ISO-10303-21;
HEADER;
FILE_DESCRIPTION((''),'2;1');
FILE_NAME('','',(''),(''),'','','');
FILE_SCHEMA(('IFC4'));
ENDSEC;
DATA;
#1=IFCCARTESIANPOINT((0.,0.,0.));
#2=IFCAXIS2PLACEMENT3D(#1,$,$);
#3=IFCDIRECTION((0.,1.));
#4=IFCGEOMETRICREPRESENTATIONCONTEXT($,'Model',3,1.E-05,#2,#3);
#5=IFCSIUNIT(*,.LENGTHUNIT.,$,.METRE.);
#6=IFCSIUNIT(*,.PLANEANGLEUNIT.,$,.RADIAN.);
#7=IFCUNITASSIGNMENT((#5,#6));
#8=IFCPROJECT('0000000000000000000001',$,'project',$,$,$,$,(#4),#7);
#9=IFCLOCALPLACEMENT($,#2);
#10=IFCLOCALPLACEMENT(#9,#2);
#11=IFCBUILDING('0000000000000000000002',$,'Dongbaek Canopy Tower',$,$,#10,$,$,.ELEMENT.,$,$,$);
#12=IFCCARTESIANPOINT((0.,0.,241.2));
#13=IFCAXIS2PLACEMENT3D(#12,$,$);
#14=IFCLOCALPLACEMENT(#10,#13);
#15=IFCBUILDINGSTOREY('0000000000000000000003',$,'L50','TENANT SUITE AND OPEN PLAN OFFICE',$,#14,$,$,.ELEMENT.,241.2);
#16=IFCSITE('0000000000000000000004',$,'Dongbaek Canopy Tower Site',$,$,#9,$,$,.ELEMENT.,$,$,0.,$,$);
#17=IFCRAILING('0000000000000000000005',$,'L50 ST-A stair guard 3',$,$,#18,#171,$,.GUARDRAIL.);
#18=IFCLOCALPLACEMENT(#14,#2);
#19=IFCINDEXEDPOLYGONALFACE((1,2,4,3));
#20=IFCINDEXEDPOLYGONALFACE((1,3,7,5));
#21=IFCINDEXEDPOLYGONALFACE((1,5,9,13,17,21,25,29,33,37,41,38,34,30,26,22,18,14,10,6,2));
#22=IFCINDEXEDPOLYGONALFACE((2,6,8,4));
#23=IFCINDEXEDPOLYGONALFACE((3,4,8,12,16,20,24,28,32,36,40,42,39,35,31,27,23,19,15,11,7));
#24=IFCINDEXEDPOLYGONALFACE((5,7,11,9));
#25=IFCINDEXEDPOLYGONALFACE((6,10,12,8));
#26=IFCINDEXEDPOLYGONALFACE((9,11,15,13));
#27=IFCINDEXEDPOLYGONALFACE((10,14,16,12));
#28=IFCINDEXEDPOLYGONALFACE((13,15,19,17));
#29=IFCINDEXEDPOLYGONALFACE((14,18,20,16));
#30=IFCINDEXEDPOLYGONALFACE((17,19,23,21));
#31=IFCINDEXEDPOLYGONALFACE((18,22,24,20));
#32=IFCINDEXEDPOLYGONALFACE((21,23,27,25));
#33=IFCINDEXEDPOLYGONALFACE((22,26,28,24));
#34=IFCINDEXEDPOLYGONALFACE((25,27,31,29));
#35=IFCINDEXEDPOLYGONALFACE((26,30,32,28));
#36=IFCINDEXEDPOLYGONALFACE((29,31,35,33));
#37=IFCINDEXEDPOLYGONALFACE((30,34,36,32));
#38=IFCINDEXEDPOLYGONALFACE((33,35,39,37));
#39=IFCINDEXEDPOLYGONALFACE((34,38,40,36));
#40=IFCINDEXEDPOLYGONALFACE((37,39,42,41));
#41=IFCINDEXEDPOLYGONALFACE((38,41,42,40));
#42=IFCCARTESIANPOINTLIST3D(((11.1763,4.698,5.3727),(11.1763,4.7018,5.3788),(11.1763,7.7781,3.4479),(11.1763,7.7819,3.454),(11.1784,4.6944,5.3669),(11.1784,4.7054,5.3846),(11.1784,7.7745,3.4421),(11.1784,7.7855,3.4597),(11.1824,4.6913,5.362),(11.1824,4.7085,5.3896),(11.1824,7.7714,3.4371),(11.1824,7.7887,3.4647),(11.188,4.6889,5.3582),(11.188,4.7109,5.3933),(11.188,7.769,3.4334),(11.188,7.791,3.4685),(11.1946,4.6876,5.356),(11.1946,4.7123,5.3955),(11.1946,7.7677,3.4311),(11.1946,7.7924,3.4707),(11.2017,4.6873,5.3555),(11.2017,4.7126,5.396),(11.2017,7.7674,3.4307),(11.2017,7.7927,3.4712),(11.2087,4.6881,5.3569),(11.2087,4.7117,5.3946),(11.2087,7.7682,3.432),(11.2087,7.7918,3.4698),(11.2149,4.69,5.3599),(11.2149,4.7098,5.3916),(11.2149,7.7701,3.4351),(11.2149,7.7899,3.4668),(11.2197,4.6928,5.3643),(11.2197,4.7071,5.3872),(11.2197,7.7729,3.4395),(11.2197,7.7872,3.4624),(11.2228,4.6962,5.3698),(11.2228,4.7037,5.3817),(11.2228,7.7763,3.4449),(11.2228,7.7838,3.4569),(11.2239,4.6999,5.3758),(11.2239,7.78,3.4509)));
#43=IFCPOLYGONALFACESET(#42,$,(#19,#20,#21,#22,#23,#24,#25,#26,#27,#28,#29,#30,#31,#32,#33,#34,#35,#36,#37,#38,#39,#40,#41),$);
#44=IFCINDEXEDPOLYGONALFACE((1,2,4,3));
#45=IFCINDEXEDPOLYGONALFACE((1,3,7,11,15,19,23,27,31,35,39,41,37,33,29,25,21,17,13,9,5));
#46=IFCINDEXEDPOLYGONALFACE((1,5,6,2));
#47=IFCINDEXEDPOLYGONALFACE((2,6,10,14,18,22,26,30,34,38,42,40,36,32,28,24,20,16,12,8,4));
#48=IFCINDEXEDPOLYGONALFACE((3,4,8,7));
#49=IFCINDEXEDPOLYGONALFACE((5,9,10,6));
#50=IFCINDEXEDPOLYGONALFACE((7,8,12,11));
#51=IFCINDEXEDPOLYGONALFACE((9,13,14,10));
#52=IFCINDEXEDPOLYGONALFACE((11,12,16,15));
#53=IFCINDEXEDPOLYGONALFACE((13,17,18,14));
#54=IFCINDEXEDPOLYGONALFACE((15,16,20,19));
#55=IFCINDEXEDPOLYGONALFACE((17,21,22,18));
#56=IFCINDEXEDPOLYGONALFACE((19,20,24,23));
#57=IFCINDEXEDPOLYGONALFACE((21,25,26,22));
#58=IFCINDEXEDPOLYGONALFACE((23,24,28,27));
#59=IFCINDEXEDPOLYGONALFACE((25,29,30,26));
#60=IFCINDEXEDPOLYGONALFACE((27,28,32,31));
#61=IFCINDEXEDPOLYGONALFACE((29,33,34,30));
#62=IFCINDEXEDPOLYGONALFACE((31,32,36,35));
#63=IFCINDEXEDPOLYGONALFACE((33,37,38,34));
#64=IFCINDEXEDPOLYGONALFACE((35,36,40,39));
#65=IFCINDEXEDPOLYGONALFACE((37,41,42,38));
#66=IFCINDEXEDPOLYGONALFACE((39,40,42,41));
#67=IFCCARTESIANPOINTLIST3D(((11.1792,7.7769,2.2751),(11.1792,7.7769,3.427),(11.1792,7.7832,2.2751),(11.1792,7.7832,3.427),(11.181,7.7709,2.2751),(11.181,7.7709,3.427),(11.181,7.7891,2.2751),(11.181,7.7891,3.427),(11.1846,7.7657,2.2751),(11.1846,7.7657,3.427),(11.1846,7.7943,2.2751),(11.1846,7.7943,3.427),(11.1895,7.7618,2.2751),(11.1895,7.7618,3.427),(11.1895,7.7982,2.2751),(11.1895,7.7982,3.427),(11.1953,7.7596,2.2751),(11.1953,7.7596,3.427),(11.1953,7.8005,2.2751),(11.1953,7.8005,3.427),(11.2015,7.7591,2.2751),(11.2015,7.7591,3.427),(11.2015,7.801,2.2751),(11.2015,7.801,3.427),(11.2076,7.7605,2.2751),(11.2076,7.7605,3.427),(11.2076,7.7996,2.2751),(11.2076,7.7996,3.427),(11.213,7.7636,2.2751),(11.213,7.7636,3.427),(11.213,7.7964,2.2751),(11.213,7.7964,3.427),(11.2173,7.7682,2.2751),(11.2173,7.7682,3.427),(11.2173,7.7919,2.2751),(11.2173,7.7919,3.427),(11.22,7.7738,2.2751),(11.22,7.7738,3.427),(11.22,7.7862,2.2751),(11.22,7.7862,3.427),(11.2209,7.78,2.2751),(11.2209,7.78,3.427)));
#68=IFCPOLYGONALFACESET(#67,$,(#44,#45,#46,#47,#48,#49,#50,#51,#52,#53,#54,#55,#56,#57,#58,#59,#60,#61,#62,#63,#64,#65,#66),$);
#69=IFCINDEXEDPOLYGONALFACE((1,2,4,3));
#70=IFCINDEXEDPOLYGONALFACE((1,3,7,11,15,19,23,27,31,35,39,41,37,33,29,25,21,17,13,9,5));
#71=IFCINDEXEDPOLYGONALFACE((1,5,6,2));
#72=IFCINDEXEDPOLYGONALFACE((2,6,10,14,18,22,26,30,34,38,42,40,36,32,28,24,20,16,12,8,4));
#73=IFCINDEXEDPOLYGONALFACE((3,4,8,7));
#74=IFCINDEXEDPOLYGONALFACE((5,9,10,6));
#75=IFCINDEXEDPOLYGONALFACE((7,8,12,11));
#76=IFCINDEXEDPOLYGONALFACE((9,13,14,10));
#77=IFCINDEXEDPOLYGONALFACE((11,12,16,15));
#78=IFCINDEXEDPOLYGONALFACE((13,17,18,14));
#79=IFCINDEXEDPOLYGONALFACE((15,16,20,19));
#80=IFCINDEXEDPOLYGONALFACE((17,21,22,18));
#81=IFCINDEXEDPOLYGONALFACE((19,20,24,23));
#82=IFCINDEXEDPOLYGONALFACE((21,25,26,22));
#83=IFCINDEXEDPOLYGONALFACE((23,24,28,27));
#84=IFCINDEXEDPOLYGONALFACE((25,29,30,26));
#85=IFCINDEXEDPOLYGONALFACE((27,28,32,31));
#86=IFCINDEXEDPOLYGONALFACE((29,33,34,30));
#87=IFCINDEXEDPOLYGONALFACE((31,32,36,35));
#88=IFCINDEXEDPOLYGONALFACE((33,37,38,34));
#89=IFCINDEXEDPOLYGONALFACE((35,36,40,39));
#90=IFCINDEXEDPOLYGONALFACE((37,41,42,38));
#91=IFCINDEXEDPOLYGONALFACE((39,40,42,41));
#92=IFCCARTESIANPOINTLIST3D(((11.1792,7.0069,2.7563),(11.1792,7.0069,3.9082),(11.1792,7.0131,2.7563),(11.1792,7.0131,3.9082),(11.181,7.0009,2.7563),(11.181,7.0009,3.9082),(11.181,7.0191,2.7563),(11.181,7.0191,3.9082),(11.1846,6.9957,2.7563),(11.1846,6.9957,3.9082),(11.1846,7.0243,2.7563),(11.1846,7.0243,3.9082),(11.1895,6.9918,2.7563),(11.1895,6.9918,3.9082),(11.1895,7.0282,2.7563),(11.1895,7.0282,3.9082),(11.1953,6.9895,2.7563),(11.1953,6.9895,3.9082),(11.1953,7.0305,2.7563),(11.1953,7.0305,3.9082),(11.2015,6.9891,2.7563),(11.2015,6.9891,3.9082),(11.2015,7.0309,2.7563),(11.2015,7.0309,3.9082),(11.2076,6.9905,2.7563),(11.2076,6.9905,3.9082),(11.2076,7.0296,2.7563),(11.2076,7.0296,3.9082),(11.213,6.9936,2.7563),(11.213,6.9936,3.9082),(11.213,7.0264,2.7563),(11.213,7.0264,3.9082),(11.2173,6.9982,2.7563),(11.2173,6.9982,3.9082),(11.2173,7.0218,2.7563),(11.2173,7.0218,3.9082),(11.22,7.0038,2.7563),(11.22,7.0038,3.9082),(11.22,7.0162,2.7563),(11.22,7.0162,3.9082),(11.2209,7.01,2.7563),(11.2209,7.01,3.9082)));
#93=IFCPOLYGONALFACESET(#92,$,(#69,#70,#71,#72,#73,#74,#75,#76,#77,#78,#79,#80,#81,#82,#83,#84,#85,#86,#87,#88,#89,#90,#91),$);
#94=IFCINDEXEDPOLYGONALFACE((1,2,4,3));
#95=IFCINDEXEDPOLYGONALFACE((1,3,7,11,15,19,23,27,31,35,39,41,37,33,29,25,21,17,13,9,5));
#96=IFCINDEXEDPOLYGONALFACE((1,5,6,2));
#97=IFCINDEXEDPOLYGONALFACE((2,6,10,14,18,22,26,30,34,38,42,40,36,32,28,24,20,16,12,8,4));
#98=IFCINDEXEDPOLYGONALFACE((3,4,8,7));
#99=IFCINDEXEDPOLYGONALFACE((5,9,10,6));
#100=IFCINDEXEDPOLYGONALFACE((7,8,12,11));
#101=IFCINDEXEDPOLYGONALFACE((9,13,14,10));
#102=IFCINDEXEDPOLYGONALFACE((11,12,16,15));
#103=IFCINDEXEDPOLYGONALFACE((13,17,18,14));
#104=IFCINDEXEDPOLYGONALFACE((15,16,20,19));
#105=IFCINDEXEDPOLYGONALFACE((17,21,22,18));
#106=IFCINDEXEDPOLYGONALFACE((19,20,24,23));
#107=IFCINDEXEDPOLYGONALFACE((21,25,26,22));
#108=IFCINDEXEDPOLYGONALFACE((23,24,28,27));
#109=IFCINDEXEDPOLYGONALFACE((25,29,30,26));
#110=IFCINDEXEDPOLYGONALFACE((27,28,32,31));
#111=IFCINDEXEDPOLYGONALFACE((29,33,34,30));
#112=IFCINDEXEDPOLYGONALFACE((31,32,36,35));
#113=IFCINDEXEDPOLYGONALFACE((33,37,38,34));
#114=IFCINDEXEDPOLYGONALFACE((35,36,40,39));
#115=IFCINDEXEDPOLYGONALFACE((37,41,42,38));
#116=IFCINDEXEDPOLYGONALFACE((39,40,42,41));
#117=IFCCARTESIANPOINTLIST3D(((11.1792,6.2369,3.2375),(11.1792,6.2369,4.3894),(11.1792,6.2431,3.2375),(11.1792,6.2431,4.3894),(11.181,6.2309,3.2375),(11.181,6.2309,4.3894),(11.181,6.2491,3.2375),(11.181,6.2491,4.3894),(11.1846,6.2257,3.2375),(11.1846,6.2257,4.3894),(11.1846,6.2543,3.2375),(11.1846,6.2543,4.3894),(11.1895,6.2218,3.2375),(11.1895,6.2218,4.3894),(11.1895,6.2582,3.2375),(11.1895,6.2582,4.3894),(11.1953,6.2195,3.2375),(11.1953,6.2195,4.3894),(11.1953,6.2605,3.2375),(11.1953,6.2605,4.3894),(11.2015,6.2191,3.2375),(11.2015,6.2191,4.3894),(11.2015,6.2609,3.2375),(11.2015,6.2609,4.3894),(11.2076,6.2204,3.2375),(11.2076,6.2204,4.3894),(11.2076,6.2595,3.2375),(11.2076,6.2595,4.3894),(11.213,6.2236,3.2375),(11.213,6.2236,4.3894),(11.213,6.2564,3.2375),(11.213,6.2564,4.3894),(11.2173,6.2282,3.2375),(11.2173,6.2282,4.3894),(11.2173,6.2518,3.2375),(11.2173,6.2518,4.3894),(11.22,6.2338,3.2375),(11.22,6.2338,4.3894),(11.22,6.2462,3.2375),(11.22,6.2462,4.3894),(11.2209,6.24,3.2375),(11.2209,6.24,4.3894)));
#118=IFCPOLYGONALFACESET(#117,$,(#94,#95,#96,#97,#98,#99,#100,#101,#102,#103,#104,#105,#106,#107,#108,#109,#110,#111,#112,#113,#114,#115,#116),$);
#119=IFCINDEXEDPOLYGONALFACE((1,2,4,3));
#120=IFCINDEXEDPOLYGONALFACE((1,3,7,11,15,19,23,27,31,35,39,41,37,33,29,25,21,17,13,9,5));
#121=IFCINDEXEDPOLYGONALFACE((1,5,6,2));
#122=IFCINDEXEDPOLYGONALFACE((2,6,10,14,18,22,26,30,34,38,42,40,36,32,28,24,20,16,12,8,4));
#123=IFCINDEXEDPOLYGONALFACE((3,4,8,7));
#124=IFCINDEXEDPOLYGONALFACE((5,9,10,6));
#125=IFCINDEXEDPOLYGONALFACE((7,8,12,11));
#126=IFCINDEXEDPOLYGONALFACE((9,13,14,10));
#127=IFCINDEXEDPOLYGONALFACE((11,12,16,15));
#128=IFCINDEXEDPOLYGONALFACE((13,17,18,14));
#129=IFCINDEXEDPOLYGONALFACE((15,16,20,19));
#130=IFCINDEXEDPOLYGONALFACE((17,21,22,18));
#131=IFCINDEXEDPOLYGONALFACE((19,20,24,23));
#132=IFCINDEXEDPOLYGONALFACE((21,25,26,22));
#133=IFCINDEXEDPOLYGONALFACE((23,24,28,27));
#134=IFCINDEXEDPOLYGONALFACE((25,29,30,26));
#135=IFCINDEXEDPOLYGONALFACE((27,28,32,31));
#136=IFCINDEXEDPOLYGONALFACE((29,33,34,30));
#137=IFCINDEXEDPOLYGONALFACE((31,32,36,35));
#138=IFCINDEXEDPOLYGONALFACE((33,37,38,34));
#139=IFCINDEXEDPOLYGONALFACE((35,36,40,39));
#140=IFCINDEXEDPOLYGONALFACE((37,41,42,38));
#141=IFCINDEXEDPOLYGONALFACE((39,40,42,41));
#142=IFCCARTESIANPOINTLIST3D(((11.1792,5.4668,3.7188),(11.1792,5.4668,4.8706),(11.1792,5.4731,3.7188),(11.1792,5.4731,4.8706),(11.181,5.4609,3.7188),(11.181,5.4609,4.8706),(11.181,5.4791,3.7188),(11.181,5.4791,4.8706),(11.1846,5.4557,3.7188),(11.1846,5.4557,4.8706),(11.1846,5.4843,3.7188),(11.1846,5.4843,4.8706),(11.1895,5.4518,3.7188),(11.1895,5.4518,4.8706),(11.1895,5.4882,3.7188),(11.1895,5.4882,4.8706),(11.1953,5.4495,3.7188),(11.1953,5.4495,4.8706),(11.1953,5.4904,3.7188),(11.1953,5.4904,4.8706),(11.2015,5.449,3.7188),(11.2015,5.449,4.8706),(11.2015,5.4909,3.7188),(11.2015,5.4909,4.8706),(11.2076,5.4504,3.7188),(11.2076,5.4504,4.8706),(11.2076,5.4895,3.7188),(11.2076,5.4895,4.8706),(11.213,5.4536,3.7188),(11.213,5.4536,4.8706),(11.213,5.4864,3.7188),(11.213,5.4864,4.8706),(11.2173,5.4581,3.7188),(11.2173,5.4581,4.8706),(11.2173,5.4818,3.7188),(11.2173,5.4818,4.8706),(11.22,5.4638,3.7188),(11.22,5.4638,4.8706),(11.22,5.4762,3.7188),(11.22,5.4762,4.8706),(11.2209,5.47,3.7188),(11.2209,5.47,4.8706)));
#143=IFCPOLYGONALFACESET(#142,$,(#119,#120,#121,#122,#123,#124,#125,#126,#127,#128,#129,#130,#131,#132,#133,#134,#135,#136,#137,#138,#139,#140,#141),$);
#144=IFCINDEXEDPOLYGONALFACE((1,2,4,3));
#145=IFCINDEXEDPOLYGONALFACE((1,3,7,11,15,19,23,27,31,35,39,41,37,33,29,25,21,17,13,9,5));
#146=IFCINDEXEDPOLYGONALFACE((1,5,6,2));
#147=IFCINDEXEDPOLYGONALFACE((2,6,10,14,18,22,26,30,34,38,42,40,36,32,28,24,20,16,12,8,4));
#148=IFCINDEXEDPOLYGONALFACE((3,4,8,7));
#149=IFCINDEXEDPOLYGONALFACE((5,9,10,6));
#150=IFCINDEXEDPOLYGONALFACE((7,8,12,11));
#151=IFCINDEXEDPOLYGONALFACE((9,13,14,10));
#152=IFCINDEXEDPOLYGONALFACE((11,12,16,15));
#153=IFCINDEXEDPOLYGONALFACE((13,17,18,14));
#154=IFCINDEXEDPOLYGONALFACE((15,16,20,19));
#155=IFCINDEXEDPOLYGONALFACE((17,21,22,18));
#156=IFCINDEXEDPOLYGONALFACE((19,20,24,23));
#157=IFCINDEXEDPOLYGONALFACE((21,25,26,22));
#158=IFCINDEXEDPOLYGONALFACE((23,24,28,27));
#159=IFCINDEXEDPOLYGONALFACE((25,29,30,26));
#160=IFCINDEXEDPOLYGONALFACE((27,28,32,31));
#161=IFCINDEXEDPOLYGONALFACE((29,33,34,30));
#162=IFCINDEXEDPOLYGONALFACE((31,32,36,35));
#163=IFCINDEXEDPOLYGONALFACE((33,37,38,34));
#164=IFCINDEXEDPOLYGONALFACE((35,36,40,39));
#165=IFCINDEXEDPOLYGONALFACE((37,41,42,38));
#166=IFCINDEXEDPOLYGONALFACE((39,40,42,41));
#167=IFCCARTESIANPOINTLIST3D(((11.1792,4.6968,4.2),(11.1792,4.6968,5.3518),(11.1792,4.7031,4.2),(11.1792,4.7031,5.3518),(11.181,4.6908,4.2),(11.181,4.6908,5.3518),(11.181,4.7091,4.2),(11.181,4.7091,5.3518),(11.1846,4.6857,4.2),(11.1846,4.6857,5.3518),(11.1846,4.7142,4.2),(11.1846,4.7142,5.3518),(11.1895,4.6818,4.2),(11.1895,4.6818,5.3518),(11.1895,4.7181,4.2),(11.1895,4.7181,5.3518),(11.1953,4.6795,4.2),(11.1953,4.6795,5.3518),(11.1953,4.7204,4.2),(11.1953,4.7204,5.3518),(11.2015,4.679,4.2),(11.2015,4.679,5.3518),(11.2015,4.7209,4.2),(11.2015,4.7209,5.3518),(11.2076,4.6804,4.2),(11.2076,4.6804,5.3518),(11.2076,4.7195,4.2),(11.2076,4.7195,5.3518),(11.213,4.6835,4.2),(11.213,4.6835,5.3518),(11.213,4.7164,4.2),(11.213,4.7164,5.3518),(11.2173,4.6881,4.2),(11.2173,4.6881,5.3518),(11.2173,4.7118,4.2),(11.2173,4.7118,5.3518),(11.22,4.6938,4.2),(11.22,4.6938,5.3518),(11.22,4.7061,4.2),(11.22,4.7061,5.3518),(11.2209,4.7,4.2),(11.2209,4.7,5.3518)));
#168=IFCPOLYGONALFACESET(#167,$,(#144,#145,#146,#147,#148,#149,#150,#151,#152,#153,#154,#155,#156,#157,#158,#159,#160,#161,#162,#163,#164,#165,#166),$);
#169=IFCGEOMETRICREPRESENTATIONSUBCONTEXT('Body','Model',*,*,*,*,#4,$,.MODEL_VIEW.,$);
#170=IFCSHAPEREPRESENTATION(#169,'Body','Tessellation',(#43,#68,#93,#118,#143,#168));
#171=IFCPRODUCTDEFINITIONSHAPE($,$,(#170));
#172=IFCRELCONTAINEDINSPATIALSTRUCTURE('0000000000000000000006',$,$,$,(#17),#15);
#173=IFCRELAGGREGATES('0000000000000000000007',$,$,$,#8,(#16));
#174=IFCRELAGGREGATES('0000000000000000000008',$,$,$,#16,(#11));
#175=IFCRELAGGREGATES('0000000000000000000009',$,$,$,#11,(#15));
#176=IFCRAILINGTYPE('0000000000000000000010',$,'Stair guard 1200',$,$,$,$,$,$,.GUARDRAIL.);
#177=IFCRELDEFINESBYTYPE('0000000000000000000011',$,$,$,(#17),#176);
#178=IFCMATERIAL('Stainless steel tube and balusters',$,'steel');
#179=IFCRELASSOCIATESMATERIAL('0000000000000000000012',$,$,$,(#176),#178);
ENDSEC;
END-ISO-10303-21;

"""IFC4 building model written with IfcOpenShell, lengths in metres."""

from ifc_helpers import new_model, si_unit, direction, frame, origin, origin_2d, place, context, subcontext, project, spatial, circle, extrude, material, type_object, element, save


model = new_model("IFC4")

# Units and contexts
model_context = context("Model", 3, precision=1e-05, world=origin(), true_north=direction((0.0, 1.0)))
body_context = subcontext(model_context, "Body", "Model", "MODEL_VIEW")
ifc_project = project(units=[si_unit("LENGTHUNIT", "METRE"), si_unit("PLANEANGLEUNIT", "RADIAN")], contexts=[model_context])

# Site, building, storey
site_placement = place(None, origin())
site = spatial("IfcSite", under=ifc_project, at=site_placement, Name="Dongbaek Canopy Tower Site", CompositionType="ELEMENT", RefElevation=0.0)
building_placement = place(site_placement, origin())
building = spatial("IfcBuilding", under=site, at=building_placement, Name="Dongbaek Canopy Tower", CompositionType="ELEMENT")
storey_placement = place(building_placement, frame((0.0, 0.0, 241.2)))
storey = spatial("IfcBuildingStorey", under=building, at=storey_placement, Name="L50", Description="TENANT SUITE AND OPEN PLAN OFFICE", CompositionType="ELEMENT", Elevation=241.2)

# Railing
ifc_material_1 = material(Name="Stainless steel tube and balusters", Category="steel")
railing_type_1 = type_object("IfcRailingType", Name="Stair guard 1200", PredefinedType="GUARDRAIL", material=ifc_material_1)
railing_1_placement = place(storey_placement, frame((11.2, 7.78, 2.2751)))
element("IfcRailing", 1, at=railing_1_placement, inside=storey, type_object=railing_type_1, Name="L50 ST-A stair guard 3", PredefinedType="GUARDRAIL", context=body_context, shape_type="SweptSolid", body=[
    extrude(circle(Radius=0.0239, at=origin_2d()), frame((0.0, 0.0, 1.1758), z_axis=(0.0, -0.848029, 0.529951), x_axis=(1.0, 0.0, 0.0)), (0.0, 0.0, 1.0), 3.6321),
    extrude(circle(Radius=0.021, at=origin_2d()), origin(), (0.0, 0.0, 1.0), 1.1519),
    extrude(circle(Radius=0.021, at=origin_2d()), frame((0.0, -0.77, 0.4812)), (0.0, 0.0, 1.0), 1.1519),
    extrude(circle(Radius=0.021, at=origin_2d()), frame((0.0, -1.54, 0.9624)), (0.0, 0.0, 1.0), 1.1519),
    extrude(circle(Radius=0.021, at=origin_2d()), frame((0.0, -2.3101, 1.4436)), (0.0, 0.0, 1.0), 1.1519),
    extrude(circle(Radius=0.021, at=origin_2d()), frame((0.0, -3.0801, 1.9248)), (0.0, 0.0, 1.0), 1.1519),
])

save(model, "model.ifc")
